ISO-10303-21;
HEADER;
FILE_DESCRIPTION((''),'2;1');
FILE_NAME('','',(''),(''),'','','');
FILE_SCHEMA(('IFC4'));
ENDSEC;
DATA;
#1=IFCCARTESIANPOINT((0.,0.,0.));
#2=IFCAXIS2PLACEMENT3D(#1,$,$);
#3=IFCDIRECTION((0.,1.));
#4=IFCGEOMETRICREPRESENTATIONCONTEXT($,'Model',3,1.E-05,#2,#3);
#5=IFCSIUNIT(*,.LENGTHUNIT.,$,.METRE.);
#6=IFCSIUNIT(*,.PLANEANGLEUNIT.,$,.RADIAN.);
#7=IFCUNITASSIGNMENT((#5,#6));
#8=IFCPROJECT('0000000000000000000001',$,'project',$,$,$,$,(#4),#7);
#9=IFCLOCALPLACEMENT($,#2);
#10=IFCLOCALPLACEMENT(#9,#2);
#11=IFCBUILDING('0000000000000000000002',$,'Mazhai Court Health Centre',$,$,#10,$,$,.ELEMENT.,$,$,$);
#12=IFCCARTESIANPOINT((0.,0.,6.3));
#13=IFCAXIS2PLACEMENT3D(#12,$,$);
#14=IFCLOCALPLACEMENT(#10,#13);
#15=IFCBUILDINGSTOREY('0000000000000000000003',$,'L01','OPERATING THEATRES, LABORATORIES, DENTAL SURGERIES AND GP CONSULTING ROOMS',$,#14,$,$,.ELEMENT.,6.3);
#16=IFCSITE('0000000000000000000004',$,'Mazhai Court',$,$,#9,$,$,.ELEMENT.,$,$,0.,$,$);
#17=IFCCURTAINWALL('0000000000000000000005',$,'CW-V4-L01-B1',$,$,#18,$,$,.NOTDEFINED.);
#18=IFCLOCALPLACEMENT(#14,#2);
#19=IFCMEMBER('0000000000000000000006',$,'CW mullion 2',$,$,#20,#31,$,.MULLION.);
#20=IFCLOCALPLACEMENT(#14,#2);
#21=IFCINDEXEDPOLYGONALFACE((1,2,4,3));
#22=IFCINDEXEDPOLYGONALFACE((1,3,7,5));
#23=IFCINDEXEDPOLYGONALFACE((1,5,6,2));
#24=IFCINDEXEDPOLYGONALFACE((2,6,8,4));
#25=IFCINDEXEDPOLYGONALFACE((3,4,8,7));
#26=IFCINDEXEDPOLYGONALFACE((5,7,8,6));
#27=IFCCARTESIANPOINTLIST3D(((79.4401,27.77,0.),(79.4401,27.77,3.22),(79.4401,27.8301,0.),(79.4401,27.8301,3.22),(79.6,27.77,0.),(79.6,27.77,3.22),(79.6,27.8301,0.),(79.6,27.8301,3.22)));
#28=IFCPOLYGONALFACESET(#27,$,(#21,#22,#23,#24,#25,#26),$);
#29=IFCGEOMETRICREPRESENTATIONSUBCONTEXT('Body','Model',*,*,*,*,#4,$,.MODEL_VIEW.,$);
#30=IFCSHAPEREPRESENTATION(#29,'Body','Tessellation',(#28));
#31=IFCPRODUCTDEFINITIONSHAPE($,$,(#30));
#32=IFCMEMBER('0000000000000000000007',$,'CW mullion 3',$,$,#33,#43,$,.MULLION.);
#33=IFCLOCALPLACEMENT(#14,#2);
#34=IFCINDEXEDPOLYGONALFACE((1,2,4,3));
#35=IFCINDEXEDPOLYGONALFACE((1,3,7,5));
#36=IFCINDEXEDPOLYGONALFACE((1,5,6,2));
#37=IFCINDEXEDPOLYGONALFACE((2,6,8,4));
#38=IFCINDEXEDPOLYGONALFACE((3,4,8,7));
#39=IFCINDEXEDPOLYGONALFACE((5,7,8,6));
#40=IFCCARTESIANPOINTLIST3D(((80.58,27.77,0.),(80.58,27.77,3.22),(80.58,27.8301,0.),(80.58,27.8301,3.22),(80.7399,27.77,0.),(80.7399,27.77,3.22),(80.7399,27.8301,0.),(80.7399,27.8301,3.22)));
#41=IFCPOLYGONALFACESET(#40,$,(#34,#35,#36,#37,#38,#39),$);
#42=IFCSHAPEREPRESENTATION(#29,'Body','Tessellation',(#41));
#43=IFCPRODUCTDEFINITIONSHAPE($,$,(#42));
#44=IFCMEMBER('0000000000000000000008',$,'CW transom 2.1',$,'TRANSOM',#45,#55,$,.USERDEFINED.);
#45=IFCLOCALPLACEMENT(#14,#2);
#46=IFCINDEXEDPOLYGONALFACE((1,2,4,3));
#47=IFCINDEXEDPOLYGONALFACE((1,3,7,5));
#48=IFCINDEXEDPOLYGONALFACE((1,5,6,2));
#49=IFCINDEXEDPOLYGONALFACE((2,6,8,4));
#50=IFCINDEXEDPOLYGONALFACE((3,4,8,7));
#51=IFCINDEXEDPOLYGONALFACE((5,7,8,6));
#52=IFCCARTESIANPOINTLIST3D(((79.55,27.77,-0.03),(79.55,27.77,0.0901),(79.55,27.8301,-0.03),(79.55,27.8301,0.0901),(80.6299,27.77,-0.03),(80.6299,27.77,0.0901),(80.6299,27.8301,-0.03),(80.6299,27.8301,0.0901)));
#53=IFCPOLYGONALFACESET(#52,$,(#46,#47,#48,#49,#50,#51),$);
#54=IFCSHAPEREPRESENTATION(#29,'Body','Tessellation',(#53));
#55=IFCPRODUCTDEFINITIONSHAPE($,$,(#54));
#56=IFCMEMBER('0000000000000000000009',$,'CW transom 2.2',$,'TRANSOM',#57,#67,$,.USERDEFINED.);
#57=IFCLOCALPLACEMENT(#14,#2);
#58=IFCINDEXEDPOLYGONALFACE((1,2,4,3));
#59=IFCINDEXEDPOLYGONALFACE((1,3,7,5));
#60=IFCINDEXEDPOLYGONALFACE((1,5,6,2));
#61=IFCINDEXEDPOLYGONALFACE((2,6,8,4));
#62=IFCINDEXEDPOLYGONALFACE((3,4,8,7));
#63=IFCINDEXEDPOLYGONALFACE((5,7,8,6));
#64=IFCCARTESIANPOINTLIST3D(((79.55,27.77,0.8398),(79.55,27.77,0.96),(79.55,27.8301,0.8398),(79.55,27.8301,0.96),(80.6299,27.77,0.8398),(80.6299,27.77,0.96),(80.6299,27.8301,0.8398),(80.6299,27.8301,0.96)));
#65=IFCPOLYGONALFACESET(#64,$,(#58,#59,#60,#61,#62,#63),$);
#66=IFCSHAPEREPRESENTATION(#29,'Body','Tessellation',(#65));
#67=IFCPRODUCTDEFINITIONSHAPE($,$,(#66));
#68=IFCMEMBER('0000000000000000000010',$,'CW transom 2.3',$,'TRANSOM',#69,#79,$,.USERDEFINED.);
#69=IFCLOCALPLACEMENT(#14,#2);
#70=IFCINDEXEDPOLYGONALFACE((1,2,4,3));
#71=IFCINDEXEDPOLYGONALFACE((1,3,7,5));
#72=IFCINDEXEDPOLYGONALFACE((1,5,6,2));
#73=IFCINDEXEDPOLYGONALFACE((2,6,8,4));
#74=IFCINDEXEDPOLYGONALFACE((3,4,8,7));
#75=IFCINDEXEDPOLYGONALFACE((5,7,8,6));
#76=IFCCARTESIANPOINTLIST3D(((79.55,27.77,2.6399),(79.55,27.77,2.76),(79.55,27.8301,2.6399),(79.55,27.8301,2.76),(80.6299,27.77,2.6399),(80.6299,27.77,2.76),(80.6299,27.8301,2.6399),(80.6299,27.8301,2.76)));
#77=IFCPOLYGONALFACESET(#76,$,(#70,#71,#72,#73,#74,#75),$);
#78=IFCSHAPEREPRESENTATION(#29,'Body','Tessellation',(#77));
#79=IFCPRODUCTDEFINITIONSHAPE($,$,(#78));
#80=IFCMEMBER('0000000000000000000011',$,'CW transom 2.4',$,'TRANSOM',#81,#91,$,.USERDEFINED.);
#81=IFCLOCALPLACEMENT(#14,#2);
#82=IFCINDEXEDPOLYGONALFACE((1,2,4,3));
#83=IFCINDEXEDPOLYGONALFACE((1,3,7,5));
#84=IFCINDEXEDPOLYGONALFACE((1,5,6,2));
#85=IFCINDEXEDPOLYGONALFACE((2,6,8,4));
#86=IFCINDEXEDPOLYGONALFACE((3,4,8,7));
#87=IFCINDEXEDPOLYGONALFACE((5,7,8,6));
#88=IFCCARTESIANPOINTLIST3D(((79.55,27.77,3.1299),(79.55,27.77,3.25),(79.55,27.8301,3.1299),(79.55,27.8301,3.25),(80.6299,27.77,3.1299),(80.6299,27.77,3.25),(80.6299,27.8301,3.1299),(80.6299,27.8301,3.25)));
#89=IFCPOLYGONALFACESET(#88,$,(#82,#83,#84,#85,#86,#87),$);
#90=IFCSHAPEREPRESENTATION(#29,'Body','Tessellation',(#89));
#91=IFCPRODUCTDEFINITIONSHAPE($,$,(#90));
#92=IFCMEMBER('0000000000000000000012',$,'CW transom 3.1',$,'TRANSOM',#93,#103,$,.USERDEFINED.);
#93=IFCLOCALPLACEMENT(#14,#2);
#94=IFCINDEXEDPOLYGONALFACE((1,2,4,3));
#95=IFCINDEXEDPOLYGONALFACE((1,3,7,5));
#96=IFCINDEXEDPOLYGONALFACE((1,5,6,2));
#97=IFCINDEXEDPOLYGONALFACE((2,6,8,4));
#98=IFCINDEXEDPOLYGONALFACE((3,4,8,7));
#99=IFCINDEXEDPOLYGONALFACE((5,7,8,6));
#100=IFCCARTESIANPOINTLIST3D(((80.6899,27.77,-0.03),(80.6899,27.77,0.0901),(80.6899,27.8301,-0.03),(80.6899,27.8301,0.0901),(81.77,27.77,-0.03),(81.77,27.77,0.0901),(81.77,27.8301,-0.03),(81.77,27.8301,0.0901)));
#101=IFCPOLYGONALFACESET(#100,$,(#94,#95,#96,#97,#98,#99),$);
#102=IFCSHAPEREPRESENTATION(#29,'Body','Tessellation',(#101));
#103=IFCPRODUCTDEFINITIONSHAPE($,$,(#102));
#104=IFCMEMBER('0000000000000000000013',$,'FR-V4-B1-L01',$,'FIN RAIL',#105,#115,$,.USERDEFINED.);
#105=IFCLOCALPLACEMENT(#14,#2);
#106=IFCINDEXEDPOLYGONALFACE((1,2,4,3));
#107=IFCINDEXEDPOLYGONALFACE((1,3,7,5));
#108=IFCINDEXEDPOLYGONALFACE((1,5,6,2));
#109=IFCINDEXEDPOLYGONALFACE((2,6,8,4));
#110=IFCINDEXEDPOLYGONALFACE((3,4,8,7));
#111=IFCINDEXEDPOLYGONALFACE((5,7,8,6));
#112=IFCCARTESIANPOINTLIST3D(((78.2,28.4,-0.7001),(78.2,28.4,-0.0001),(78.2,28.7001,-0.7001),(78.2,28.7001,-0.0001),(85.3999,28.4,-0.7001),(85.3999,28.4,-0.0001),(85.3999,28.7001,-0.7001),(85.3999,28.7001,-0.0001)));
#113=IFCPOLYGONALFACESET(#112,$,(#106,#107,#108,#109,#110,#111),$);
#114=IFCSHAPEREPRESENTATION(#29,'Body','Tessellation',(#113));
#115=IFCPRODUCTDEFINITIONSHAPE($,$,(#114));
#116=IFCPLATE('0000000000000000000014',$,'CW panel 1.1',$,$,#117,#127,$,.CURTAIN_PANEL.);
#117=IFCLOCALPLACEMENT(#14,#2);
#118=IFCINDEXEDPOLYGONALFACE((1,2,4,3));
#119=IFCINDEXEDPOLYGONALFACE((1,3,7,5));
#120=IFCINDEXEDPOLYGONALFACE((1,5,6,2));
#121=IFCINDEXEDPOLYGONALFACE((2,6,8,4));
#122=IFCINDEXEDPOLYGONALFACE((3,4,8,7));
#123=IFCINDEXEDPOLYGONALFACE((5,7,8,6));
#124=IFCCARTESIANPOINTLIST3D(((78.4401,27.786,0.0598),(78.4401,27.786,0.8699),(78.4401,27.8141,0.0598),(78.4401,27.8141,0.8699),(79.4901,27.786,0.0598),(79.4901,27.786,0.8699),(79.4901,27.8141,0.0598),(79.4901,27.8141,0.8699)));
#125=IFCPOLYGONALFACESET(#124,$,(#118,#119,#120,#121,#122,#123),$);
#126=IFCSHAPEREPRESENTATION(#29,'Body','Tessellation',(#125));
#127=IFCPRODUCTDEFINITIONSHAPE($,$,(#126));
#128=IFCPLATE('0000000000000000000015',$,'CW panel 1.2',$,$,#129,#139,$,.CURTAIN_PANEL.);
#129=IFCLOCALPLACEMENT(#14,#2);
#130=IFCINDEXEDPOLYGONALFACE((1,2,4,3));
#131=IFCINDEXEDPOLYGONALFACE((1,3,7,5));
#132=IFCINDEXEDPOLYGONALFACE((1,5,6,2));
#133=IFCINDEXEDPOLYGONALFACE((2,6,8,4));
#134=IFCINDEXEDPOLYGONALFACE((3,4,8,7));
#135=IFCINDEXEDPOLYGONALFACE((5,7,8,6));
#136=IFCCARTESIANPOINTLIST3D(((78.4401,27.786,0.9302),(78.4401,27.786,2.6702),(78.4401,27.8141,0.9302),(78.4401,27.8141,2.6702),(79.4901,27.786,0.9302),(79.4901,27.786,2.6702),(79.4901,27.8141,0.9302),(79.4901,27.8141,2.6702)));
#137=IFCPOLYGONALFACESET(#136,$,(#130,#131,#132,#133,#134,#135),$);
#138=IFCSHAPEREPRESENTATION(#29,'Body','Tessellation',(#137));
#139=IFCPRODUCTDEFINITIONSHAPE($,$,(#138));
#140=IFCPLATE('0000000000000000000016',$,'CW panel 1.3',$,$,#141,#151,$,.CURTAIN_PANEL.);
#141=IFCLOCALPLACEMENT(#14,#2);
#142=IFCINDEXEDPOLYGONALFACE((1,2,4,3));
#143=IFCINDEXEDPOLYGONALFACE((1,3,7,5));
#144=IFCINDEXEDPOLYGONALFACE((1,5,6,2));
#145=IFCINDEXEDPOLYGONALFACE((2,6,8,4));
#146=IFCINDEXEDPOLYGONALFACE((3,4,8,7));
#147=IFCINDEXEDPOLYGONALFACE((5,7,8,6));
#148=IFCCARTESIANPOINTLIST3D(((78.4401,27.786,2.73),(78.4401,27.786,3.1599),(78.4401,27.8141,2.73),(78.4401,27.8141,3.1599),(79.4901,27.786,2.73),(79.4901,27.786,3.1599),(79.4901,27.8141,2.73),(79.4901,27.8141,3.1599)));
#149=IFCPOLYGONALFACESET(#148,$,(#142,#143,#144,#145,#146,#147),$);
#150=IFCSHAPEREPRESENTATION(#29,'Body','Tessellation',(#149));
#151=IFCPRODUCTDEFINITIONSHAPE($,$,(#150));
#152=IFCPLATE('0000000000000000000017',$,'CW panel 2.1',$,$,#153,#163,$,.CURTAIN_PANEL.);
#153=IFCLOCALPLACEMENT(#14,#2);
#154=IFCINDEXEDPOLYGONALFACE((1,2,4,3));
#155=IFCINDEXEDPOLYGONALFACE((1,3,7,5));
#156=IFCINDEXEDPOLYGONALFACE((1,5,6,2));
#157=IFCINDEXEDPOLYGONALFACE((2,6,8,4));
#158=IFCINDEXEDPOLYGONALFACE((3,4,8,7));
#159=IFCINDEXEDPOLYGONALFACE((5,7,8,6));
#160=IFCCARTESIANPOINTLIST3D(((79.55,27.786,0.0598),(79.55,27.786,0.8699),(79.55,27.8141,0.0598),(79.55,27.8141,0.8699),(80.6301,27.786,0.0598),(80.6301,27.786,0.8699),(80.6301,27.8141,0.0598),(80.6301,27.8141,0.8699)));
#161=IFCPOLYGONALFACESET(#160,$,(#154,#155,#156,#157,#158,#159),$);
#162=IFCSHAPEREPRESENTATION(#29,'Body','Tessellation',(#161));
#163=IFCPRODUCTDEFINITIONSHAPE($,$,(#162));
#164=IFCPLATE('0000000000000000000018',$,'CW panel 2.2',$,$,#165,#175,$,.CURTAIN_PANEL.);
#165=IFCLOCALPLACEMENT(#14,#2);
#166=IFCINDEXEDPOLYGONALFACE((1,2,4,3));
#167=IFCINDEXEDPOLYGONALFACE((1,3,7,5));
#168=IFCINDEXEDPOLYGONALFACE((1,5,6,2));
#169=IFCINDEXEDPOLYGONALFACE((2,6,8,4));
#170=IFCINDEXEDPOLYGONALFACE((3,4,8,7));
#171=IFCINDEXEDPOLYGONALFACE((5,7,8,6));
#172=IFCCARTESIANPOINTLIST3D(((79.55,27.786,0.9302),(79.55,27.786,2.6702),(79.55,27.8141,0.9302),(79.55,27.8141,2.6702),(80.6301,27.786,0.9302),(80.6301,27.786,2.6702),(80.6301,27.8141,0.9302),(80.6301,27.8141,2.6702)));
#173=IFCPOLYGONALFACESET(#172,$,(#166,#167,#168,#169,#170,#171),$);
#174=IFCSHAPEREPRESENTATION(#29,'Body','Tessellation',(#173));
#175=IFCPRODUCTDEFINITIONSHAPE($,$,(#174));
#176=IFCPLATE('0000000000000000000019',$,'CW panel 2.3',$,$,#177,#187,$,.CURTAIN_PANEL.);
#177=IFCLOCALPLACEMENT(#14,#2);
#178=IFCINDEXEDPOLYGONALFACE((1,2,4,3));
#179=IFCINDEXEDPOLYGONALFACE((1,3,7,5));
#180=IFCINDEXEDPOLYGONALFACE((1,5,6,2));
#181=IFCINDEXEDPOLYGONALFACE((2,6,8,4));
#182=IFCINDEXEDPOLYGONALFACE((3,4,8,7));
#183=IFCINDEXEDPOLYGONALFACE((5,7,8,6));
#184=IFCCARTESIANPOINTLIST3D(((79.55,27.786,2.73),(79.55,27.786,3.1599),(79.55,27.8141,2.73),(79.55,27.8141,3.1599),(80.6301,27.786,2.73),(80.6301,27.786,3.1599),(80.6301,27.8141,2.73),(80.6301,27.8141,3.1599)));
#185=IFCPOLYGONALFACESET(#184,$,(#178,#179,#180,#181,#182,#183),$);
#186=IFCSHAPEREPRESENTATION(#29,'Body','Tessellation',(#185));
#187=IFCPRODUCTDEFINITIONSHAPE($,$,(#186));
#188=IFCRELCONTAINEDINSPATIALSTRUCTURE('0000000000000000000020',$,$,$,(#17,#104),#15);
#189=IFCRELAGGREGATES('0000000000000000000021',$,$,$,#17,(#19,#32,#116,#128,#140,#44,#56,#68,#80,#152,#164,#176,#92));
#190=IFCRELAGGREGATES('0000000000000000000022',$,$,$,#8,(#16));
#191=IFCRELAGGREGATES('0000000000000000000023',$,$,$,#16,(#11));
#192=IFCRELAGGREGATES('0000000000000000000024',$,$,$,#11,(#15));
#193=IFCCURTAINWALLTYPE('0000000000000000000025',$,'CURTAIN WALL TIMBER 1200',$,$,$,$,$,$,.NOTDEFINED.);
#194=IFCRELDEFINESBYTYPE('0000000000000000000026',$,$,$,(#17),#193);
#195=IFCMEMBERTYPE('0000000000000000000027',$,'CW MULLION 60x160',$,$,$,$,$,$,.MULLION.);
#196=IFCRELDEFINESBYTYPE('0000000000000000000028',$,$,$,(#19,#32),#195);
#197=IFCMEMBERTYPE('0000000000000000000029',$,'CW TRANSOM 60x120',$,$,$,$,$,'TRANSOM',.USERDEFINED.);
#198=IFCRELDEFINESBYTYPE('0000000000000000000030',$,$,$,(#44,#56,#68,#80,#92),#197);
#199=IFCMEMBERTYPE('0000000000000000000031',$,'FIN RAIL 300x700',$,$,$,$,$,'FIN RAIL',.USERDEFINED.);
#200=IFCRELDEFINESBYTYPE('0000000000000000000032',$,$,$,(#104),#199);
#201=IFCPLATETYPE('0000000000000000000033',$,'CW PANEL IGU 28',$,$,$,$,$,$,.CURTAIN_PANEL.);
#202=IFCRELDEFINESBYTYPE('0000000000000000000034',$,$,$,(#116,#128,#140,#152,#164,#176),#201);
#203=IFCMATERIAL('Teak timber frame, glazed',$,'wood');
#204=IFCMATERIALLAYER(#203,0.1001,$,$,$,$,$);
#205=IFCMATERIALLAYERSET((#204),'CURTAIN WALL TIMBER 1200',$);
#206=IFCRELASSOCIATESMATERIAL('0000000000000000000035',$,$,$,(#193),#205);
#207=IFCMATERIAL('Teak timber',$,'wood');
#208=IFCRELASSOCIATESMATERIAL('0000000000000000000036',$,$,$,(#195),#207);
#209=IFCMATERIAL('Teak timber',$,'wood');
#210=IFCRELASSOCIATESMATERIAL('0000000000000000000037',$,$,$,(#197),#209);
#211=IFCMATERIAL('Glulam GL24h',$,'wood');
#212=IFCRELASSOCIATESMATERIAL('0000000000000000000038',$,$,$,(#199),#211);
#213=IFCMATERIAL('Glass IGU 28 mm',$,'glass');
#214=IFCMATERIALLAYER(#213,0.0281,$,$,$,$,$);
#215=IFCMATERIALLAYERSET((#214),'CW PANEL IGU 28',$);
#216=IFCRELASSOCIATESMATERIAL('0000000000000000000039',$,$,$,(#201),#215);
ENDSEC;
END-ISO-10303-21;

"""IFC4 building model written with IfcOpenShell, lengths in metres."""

from ifc_helpers import new_model, si_unit, direction, frame, origin, origin_2d, place, context, subcontext, project, spatial, rectangle, extrude, material, layer, layer_set, material_profile, profile_set, type_object, element, aggregate, save


model = new_model("IFC4")

# Units and contexts
model_context = context("Model", 3, precision=1e-05, world=origin(), true_north=direction((0.0, 1.0)))
body_context = subcontext(model_context, "Body", "Model", "MODEL_VIEW")
ifc_project = project(units=[si_unit("LENGTHUNIT", "METRE"), si_unit("PLANEANGLEUNIT", "RADIAN")], contexts=[model_context])

# Site, building, storey
site_placement = place(None, origin())
site = spatial("IfcSite", under=ifc_project, at=site_placement, Name="Mazhai Court", CompositionType="ELEMENT", RefElevation=0.0)
building_placement = place(site_placement, origin())
building = spatial("IfcBuilding", under=site, at=building_placement, Name="Mazhai Court Health Centre", CompositionType="ELEMENT")
storey_placement = place(building_placement, frame((0.0, 0.0, 6.3)))
storey = spatial("IfcBuildingStorey", under=building, at=storey_placement, Name="L01", Description="OPERATING THEATRES, LABORATORIES, DENTAL SURGERIES AND GP CONSULTING ROOMS", CompositionType="ELEMENT", Elevation=6.3)

# Curtain wall, members
ifc_material_1 = material(Name="Teak timber frame, glazed", Category="wood")
ifc_layer_1 = layer(ifc_material_1, 0.1001)
ifc_layer_set_1 = layer_set([ifc_layer_1], Name="CURTAIN WALL TIMBER 1200")
curtain_wall_type = type_object("IfcCurtainWallType", Name="CURTAIN WALL TIMBER 1200", PredefinedType="NOTDEFINED", material=ifc_layer_set_1)
curtain_wall_placement = place(storey_placement, origin())
curtain_wall = element("IfcCurtainWall", 1, at=curtain_wall_placement, inside=storey, type_object=curtain_wall_type, Name="CW-V4-L01-B1", PredefinedType="NOTDEFINED")
ifc_material_2 = material(Name="Teak timber", Category="wood")
ifc_material_profile_1 = material_profile(ifc_material_2, rectangle(XDim=0.0601, YDim=0.1599, at=origin_2d()), Name="CW MULLION 60x160")
ifc_profile_set_1 = profile_set([ifc_material_profile_1], Name="Teak timber")
member_type_1 = type_object("IfcMemberType", Name="CW MULLION 60x160", PredefinedType="MULLION", material=ifc_profile_set_1)
member_1_placement = place(storey_placement, frame((79.52, 27.8, 0.0), z_axis=(0.0, 0.0, 1.0), x_axis=(0.0, 1.0, 0.0)))
member_1 = element("IfcMember", 2, at=member_1_placement, type_object=member_type_1, Name="CW mullion 2", PredefinedType="MULLION", context=body_context, shape_type="SweptSolid", body=[
    extrude(rectangle(XDim=0.0601, YDim=0.1599, at=origin_2d()), origin(), (0.0, 0.0, 1.0), 3.22),
])
member_2_placement = place(storey_placement, frame((80.6599, 27.8, 0.0), z_axis=(0.0, 0.0, 1.0), x_axis=(0.0, 1.0, 0.0)))
member_2 = element("IfcMember", 3, at=member_2_placement, type_object=member_type_1, Name="CW mullion 3", PredefinedType="MULLION", context=body_context, shape_type="SweptSolid", body=[
    extrude(rectangle(XDim=0.0601, YDim=0.1599, at=origin_2d()), origin(), (0.0, 0.0, 1.0), 3.22),
])
ifc_material_3 = material(Name="Teak timber", Category="wood")
ifc_material_profile_2 = material_profile(ifc_material_3, rectangle(XDim=0.0601, YDim=0.1201, at=origin_2d()), Name="CW TRANSOM 60x120")
ifc_profile_set_2 = profile_set([ifc_material_profile_2], Name="Teak timber")
member_type_2 = type_object("IfcMemberType", Name="CW TRANSOM 60x120", ElementType="TRANSOM", PredefinedType="USERDEFINED", material=ifc_profile_set_2)
member_3_placement = place(storey_placement, frame((79.55, 27.8, 0.03), z_axis=(1.0, 0.0, 0.0), x_axis=(0.0, 1.0, 0.0)))
member_3 = element("IfcMember", 4, at=member_3_placement, type_object=member_type_2, Name="CW transom 2.1", ObjectType="TRANSOM", PredefinedType="USERDEFINED", context=body_context, shape_type="SweptSolid", body=[
    extrude(rectangle(XDim=0.0601, YDim=0.1201, at=origin_2d()), origin(), (0.0, 0.0, 1.0), 1.0798),
])
member_4_placement = place(storey_placement, frame((79.55, 27.8, 0.8999), z_axis=(1.0, 0.0, 0.0), x_axis=(0.0, 1.0, 0.0)))
member_4 = element("IfcMember", 5, at=member_4_placement, type_object=member_type_2, Name="CW transom 2.2", ObjectType="TRANSOM", PredefinedType="USERDEFINED", context=body_context, shape_type="SweptSolid", body=[
    extrude(rectangle(XDim=0.0601, YDim=0.1201, at=origin_2d()), origin(), (0.0, 0.0, 1.0), 1.0798),
])
member_5_placement = place(storey_placement, frame((79.55, 27.8, 2.7), z_axis=(1.0, 0.0, 0.0), x_axis=(0.0, 1.0, 0.0)))
member_5 = element("IfcMember", 6, at=member_5_placement, type_object=member_type_2, Name="CW transom 2.3", ObjectType="TRANSOM", PredefinedType="USERDEFINED", context=body_context, shape_type="SweptSolid", body=[
    extrude(rectangle(XDim=0.0601, YDim=0.1201, at=origin_2d()), origin(), (0.0, 0.0, 1.0), 1.0798),
])
member_6_placement = place(storey_placement, frame((79.55, 27.8, 3.1899), z_axis=(1.0, 0.0, 0.0), x_axis=(0.0, 1.0, 0.0)))
member_6 = element("IfcMember", 7, at=member_6_placement, type_object=member_type_2, Name="CW transom 2.4", ObjectType="TRANSOM", PredefinedType="USERDEFINED", context=body_context, shape_type="SweptSolid", body=[
    extrude(rectangle(XDim=0.0601, YDim=0.1201, at=origin_2d()), origin(), (0.0, 0.0, 1.0), 1.0798),
])
member_7_placement = place(storey_placement, frame((80.6899, 27.8, 0.03), z_axis=(1.0, 0.0, 0.0), x_axis=(0.0, 1.0, 0.0)))
member_7 = element("IfcMember", 8, at=member_7_placement, type_object=member_type_2, Name="CW transom 3.1", ObjectType="TRANSOM", PredefinedType="USERDEFINED", context=body_context, shape_type="SweptSolid", body=[
    extrude(rectangle(XDim=0.0601, YDim=0.1201, at=origin_2d()), origin(), (0.0, 0.0, 1.0), 1.0801),
])

# Member
ifc_material_4 = material(Name="Glulam GL24h", Category="wood")
ifc_material_profile_3 = material_profile(ifc_material_4, rectangle(XDim=0.3, YDim=0.7, at=origin_2d()), Name="FIN RAIL 300x700")
ifc_profile_set_3 = profile_set([ifc_material_profile_3], Name="Glulam GL24h")
member_type_3 = type_object("IfcMemberType", Name="FIN RAIL 300x700", ElementType="FIN RAIL", PredefinedType="USERDEFINED", material=ifc_profile_set_3)
member_8_placement = place(storey_placement, frame((78.2, 28.55, -0.3501), z_axis=(1.0, 0.0, 0.0), x_axis=(0.0, 1.0, 0.0)))
element("IfcMember", 9, at=member_8_placement, inside=storey, type_object=member_type_3, Name="FR-V4-B1-L01", ObjectType="FIN RAIL", PredefinedType="USERDEFINED", context=body_context, shape_type="SweptSolid", body=[
    extrude(rectangle(XDim=0.3, YDim=0.7, at=origin_2d()), origin(), (0.0, 0.0, 1.0), 7.2),
])

# Plates
ifc_material_5 = material(Name="Glass IGU 28 mm", Category="glass")
ifc_layer_2 = layer(ifc_material_5, 0.0281)
ifc_layer_set_2 = layer_set([ifc_layer_2], Name="CW PANEL IGU 28")
plate_type = type_object("IfcPlateType", Name="CW PANEL IGU 28", PredefinedType="CURTAIN_PANEL", material=ifc_layer_set_2)
plate_1_placement = place(storey_placement, frame((78.9651, 27.8, 0.0598), z_axis=(0.0, 0.0, 1.0), x_axis=(1.0, 0.0, 0.0)))
plate_1 = element("IfcPlate", 10, at=plate_1_placement, type_object=plate_type, Name="CW panel 1.1", PredefinedType="CURTAIN_PANEL", context=body_context, shape_type="SweptSolid", body=[
    extrude(rectangle(XDim=1.05, YDim=0.0281, at=origin_2d()), origin(), (0.0, 0.0, 1.0), 0.8101),
])
plate_2_placement = place(storey_placement, frame((78.9651, 27.8, 0.9302), z_axis=(0.0, 0.0, 1.0), x_axis=(1.0, 0.0, 0.0)))
plate_2 = element("IfcPlate", 11, at=plate_2_placement, type_object=plate_type, Name="CW panel 1.2", PredefinedType="CURTAIN_PANEL", context=body_context, shape_type="SweptSolid", body=[
    extrude(rectangle(XDim=1.05, YDim=0.0281, at=origin_2d()), origin(), (0.0, 0.0, 1.0), 1.74),
])
plate_3_placement = place(storey_placement, frame((78.9651, 27.8, 2.73), z_axis=(0.0, 0.0, 1.0), x_axis=(1.0, 0.0, 0.0)))
plate_3 = element("IfcPlate", 12, at=plate_3_placement, type_object=plate_type, Name="CW panel 1.3", PredefinedType="CURTAIN_PANEL", context=body_context, shape_type="SweptSolid", body=[
    extrude(rectangle(XDim=1.05, YDim=0.0281, at=origin_2d()), origin(), (0.0, 0.0, 1.0), 0.4299),
])
plate_4_placement = place(storey_placement, frame((80.0901, 27.8, 0.0598), z_axis=(0.0, 0.0, 1.0), x_axis=(1.0, 0.0, 0.0)))
plate_4 = element("IfcPlate", 13, at=plate_4_placement, type_object=plate_type, Name="CW panel 2.1", PredefinedType="CURTAIN_PANEL", context=body_context, shape_type="SweptSolid", body=[
    extrude(rectangle(XDim=1.0801, YDim=0.0281, at=origin_2d()), origin(), (0.0, 0.0, 1.0), 0.8101),
])
plate_5_placement = place(storey_placement, frame((80.0901, 27.8, 0.9302), z_axis=(0.0, 0.0, 1.0), x_axis=(1.0, 0.0, 0.0)))
plate_5 = element("IfcPlate", 14, at=plate_5_placement, type_object=plate_type, Name="CW panel 2.2", PredefinedType="CURTAIN_PANEL", context=body_context, shape_type="SweptSolid", body=[
    extrude(rectangle(XDim=1.0801, YDim=0.0281, at=origin_2d()), origin(), (0.0, 0.0, 1.0), 1.74),
])
plate_6_placement = place(storey_placement, frame((80.0901, 27.8, 2.73), z_axis=(0.0, 0.0, 1.0), x_axis=(1.0, 0.0, 0.0)))
plate_6 = element("IfcPlate", 15, at=plate_6_placement, type_object=plate_type, Name="CW panel 2.3", PredefinedType="CURTAIN_PANEL", context=body_context, shape_type="SweptSolid", body=[
    extrude(rectangle(XDim=1.0801, YDim=0.0281, at=origin_2d()), origin(), (0.0, 0.0, 1.0), 0.4299),
])
aggregate(curtain_wall, [member_1, member_2, plate_1, plate_2, plate_3, member_3, member_4, member_5, member_6, plate_4, plate_5, plate_6, member_7])

save(model, "model.ifc")
